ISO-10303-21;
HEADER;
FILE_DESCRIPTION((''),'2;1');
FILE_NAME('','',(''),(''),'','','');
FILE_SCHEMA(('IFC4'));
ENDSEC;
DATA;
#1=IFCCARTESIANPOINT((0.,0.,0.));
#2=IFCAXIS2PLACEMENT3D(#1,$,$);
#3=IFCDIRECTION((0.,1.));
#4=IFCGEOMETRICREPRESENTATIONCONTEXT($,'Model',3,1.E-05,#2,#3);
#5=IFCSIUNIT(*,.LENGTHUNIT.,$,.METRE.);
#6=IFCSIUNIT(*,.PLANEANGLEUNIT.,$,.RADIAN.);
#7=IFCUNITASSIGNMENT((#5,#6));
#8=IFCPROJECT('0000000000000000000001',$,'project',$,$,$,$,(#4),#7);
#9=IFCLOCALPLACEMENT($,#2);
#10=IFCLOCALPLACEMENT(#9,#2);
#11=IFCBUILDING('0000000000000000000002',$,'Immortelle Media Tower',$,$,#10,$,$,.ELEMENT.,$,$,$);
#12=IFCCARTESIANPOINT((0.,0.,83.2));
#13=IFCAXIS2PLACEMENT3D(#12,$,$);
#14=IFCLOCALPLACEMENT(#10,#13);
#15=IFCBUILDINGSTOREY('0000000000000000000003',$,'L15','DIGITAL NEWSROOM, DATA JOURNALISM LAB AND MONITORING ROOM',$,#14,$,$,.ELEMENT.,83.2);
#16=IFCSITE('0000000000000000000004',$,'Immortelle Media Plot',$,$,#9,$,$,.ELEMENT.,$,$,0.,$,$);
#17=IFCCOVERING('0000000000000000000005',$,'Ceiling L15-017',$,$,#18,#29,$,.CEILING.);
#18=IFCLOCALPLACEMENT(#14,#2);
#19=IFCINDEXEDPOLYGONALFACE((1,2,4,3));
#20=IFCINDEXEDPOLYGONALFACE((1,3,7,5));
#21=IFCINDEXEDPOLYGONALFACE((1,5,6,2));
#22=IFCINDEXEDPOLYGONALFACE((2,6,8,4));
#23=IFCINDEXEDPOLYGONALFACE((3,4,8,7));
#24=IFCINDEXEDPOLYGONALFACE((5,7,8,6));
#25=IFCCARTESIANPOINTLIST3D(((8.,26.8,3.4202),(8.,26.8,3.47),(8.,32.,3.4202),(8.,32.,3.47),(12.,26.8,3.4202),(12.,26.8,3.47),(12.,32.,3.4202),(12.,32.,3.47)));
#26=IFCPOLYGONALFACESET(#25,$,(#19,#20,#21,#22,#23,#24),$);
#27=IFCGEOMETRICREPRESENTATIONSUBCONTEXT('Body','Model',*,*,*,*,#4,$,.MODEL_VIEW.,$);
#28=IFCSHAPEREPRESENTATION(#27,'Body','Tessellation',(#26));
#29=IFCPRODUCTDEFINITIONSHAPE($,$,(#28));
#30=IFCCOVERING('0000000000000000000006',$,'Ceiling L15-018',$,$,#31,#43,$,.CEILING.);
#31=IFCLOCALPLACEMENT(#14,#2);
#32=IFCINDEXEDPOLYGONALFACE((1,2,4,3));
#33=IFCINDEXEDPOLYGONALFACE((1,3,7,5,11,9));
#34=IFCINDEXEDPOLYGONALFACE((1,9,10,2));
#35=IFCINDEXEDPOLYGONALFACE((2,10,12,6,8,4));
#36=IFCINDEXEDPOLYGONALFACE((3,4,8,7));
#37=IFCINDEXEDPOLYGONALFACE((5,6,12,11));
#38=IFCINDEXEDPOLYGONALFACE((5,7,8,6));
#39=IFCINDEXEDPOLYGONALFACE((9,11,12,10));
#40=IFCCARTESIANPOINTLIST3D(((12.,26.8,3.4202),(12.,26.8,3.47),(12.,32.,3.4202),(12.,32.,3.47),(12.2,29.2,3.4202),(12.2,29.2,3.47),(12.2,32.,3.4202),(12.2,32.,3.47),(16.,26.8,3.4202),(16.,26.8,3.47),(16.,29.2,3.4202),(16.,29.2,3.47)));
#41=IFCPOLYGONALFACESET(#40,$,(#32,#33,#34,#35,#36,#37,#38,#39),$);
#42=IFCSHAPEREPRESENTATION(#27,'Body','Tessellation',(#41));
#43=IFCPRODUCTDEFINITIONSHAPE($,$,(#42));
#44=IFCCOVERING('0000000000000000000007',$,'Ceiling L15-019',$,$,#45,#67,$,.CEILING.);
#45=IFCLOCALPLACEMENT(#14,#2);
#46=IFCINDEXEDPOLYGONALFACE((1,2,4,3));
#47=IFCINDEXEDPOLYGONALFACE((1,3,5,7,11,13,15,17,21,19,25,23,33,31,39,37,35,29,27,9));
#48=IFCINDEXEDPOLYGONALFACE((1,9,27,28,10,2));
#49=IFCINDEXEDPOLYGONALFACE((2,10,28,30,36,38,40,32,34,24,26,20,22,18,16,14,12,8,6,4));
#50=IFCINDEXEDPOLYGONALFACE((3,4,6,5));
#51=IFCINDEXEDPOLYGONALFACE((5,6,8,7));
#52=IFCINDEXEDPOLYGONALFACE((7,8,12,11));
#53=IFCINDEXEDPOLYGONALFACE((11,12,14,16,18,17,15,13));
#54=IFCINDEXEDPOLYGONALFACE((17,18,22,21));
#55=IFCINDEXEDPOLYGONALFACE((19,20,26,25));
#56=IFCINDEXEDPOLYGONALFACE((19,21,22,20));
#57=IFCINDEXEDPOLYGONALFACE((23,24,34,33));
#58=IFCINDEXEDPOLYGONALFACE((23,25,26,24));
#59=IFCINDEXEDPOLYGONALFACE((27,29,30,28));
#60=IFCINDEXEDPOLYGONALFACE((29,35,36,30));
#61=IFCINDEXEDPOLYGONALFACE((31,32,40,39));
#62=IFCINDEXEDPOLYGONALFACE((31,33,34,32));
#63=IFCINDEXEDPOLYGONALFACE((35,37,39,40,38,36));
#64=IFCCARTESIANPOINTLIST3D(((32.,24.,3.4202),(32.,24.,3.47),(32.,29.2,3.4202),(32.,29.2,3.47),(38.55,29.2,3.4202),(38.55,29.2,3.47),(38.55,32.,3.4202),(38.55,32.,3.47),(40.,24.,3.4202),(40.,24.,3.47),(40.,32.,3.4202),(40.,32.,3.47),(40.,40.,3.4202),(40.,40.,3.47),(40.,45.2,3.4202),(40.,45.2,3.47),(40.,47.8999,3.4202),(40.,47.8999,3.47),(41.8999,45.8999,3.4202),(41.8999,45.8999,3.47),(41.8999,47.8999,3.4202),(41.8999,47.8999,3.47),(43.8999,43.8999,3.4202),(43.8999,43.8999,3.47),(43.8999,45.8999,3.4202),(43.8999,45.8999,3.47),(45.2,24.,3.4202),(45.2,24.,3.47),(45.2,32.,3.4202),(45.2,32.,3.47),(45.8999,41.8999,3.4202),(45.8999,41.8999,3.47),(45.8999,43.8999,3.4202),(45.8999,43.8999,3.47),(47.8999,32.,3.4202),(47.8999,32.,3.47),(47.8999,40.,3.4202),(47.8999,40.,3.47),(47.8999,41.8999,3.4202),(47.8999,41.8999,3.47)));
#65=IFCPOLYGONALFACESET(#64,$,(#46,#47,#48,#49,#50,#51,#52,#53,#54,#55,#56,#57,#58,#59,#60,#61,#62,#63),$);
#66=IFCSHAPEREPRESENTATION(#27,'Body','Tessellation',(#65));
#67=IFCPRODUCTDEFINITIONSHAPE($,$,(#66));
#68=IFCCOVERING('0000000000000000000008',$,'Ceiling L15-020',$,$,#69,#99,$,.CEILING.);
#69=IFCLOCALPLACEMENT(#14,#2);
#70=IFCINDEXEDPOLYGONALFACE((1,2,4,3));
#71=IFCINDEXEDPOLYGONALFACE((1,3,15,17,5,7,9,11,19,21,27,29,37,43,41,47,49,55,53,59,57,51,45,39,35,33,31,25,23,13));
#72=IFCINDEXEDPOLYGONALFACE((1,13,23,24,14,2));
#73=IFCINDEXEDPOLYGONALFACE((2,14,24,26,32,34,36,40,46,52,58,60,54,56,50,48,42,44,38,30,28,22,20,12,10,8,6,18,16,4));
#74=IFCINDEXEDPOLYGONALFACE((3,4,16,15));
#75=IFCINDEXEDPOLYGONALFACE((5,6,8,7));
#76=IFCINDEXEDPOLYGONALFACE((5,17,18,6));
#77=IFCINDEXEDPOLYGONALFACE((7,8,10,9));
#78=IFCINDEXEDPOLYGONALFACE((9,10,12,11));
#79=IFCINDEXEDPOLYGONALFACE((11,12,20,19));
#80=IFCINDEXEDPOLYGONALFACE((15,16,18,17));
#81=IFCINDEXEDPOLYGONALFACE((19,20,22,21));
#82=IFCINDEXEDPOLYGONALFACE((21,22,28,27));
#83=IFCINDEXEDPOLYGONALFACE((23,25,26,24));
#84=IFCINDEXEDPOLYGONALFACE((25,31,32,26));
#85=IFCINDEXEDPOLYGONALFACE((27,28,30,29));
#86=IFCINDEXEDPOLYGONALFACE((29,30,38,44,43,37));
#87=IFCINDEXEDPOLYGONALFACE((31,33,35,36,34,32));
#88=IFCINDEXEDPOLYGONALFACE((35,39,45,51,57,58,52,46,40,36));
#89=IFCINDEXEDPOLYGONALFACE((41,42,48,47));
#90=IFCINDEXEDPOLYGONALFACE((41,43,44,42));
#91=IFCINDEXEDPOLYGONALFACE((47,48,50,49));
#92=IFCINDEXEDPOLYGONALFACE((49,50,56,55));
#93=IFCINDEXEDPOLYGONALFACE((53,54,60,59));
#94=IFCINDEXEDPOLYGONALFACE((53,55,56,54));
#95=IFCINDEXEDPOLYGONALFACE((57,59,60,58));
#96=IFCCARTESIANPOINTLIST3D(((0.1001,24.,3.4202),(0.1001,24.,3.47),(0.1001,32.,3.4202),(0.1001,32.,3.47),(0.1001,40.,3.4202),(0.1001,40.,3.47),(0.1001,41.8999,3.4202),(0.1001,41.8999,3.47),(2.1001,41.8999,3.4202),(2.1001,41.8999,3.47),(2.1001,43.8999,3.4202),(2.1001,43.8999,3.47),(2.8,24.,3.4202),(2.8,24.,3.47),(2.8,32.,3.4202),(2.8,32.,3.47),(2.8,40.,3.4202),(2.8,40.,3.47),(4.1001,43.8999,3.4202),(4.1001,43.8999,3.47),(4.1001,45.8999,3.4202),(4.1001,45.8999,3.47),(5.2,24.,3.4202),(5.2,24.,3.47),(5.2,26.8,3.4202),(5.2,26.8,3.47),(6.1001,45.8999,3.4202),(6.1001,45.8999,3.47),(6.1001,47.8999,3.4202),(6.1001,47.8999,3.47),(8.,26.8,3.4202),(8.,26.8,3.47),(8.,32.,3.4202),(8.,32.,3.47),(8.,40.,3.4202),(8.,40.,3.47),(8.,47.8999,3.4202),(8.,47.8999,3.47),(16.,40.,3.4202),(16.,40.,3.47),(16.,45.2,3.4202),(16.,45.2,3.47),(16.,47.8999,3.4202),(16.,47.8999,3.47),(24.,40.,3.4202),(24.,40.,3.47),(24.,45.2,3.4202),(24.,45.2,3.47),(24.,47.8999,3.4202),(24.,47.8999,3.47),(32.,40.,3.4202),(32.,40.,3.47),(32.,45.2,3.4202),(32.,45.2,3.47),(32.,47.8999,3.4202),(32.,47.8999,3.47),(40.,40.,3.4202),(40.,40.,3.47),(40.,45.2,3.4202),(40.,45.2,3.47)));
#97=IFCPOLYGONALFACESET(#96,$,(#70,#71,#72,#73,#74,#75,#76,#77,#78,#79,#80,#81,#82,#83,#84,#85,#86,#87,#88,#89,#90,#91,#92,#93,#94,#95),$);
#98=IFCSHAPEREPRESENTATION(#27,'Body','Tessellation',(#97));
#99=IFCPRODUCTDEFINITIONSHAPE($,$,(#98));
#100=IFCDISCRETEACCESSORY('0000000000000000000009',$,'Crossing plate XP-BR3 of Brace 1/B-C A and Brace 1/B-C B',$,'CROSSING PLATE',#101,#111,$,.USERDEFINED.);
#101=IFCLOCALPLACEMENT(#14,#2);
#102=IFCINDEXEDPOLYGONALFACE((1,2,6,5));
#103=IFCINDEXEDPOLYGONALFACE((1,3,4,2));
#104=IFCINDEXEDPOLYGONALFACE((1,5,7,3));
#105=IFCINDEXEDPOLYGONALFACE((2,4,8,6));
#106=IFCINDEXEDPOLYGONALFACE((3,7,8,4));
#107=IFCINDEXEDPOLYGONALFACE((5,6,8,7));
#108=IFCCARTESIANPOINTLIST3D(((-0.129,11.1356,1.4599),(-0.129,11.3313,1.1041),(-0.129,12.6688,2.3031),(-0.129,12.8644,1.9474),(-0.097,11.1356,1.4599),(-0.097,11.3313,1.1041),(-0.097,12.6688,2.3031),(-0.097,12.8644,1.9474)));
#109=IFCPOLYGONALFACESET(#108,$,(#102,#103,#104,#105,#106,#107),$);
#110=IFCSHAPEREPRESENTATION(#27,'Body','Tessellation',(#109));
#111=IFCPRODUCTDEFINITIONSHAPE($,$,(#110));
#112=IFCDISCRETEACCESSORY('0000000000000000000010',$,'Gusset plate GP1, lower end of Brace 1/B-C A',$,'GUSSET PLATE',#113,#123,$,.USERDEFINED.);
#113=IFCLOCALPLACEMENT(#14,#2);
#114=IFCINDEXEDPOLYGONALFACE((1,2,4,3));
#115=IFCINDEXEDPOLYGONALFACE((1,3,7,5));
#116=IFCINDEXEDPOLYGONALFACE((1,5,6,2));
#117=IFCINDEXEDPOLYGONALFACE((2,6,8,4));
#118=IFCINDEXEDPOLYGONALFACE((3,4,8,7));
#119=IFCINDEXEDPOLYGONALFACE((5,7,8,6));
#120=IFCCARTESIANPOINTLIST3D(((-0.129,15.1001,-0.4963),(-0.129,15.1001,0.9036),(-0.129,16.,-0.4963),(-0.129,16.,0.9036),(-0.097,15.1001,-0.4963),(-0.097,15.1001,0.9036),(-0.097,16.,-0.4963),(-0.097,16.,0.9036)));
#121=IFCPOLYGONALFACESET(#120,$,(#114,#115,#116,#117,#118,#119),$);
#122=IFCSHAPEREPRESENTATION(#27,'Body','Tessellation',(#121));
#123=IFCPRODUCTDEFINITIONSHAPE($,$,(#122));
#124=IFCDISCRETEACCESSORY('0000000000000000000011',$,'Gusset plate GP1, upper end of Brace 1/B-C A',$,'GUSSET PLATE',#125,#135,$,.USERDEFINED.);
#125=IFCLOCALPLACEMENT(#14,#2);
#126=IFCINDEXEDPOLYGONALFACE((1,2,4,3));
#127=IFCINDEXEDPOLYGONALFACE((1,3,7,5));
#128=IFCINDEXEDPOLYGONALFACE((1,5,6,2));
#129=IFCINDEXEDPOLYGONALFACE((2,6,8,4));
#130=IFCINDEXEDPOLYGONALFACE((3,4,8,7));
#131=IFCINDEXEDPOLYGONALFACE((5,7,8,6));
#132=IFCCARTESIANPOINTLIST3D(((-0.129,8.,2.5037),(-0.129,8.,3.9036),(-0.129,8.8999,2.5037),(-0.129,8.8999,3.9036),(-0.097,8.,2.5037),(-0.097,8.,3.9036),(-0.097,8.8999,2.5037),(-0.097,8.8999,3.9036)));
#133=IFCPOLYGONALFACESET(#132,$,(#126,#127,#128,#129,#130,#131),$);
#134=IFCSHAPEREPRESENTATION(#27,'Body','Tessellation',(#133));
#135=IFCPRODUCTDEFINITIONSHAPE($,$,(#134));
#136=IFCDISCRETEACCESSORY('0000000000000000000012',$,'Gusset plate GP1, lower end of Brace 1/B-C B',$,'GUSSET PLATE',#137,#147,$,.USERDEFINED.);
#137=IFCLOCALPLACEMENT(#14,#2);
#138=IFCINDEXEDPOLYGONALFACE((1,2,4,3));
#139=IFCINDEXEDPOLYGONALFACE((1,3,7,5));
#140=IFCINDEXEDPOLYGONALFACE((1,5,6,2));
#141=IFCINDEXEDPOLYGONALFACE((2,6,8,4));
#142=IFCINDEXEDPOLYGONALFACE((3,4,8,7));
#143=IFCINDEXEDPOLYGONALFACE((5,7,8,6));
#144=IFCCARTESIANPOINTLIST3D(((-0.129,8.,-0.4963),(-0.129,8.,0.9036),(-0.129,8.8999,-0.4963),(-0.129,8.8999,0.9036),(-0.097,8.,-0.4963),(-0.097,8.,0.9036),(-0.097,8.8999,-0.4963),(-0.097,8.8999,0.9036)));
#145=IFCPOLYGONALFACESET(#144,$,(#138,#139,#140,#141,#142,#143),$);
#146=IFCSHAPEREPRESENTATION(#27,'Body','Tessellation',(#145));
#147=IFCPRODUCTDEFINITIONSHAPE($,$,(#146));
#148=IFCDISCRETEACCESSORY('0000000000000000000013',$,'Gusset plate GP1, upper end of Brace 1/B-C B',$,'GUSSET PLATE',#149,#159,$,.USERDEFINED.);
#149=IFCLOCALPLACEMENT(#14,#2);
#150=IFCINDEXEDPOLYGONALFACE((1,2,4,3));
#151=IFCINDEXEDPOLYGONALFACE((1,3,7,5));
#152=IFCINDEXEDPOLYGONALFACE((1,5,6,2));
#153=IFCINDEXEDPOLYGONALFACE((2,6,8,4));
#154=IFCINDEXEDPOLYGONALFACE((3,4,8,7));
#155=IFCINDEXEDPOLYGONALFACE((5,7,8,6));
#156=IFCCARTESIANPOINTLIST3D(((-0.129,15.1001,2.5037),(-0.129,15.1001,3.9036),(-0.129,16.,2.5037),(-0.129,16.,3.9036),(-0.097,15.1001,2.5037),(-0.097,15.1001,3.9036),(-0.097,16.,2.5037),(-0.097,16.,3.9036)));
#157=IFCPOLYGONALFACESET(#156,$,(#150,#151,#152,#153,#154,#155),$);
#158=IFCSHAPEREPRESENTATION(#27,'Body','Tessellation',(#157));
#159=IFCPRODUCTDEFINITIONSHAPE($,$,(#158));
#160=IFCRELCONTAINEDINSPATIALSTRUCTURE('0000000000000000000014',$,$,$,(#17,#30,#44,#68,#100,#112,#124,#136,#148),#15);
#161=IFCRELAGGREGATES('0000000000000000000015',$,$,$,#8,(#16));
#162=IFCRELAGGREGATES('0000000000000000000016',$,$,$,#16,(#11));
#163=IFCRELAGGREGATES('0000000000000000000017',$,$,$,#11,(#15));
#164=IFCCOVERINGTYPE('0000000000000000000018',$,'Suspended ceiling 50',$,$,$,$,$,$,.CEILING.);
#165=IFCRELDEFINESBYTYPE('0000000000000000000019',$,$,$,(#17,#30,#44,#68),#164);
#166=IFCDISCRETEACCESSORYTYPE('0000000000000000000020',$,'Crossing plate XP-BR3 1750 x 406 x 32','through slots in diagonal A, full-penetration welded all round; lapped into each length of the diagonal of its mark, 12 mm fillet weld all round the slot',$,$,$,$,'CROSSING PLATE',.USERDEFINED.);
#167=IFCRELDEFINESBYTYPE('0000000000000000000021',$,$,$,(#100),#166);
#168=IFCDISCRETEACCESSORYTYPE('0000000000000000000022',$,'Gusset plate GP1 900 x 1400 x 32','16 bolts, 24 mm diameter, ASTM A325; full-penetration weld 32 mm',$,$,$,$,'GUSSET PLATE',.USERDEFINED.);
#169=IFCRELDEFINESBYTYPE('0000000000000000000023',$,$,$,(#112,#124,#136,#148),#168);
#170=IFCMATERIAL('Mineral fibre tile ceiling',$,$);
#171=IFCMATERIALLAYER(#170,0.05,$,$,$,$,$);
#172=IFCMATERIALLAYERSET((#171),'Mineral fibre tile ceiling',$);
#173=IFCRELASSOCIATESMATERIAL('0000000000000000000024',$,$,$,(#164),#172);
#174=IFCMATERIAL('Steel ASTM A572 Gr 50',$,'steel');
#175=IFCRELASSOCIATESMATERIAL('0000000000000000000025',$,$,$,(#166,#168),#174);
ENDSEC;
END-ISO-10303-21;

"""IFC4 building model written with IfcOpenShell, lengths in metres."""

from ifc_helpers import new_model, si_unit, direction, frame, origin, origin_2d, place, context, subcontext, project, spatial, polyline, rectangle, outline, extrude, material, layer, layer_set, material_profile, profile_set, type_object, element, save


model = new_model("IFC4")

# Units and contexts
model_context = context("Model", 3, precision=1e-05, world=origin(), true_north=direction((0.0, 1.0)))
body_context = subcontext(model_context, "Body", "Model", "MODEL_VIEW")
ifc_project = project(units=[si_unit("LENGTHUNIT", "METRE"), si_unit("PLANEANGLEUNIT", "RADIAN")], contexts=[model_context])

# Site, building, storey
site_placement = place(None, origin())
site = spatial("IfcSite", under=ifc_project, at=site_placement, Name="Immortelle Media Plot", CompositionType="ELEMENT", RefElevation=0.0)
building_placement = place(site_placement, origin())
building = spatial("IfcBuilding", under=site, at=building_placement, Name="Immortelle Media Tower", CompositionType="ELEMENT")
storey_placement = place(building_placement, frame((0.0, 0.0, 83.2)))
storey = spatial("IfcBuildingStorey", under=building, at=storey_placement, Name="L15", Description="DIGITAL NEWSROOM, DATA JOURNALISM LAB AND MONITORING ROOM", CompositionType="ELEMENT", Elevation=83.2)

# Coverings
ifc_material_1 = material(Name="Mineral fibre tile ceiling")
ifc_layer_1 = layer(ifc_material_1, 0.05)
ifc_layer_set_1 = layer_set([ifc_layer_1], Name="Mineral fibre tile ceiling")
covering_type = type_object("IfcCoveringType", Name="Suspended ceiling 50", PredefinedType="CEILING", material=ifc_layer_set_1)
covering_1_placement = place(storey_placement, frame((0.0, 0.0, 3.4202)))
element("IfcCovering", 1, at=covering_1_placement, inside=storey, type_object=covering_type, Name="Ceiling L15-017", PredefinedType="CEILING", context=body_context, shape_type="SweptSolid", body=[
    extrude(outline(polyline([(8.0, 32.0), (12.0, 32.0), (12.0, 26.8), (8.0, 26.8), (8.0, 32.0)])), origin(), (0.0, 0.0, 1.0), 0.0498),
])
covering_2_placement = place(storey_placement, frame((0.0, 0.0, 3.4202)))
element("IfcCovering", 2, at=covering_2_placement, inside=storey, type_object=covering_type, Name="Ceiling L15-018", PredefinedType="CEILING", context=body_context, shape_type="SweptSolid", body=[
    extrude(outline(polyline([(12.2, 32.0), (12.2, 29.2), (16.0, 29.2), (16.0, 26.8), (12.0, 26.8), (12.0, 32.0), (12.2, 32.0)])), origin(), (0.0, 0.0, 1.0), 0.0498),
])
covering_3_placement = place(storey_placement, frame((0.0, 0.0, 3.4202)))
element("IfcCovering", 3, at=covering_3_placement, inside=storey, type_object=covering_type, Name="Ceiling L15-019", PredefinedType="CEILING", context=body_context, shape_type="SweptSolid", body=[
    extrude(outline(polyline([(38.55, 32.0), (40.0, 32.0), (40.0, 40.0), (40.0, 45.2), (40.0, 47.8999), (41.8999, 47.8999), (41.8999, 45.8999), (43.8999, 45.8999), (43.8999, 43.8999), (45.8999, 43.8999), (45.8999, 41.8999), (47.8999, 41.8999), (47.8999, 40.0), (47.8999, 32.0), (45.2, 32.0), (45.2, 24.0), (40.0, 24.0), (32.0, 24.0), (32.0, 29.2), (38.55, 29.2), (38.55, 32.0)])), origin(), (0.0, 0.0, 1.0), 0.0498),
])
covering_4_placement = place(storey_placement, frame((0.0, 0.0, 3.4202)))
element("IfcCovering", 4, at=covering_4_placement, inside=storey, type_object=covering_type, Name="Ceiling L15-020", PredefinedType="CEILING", context=body_context, shape_type="SweptSolid", body=[
    extrude(outline(polyline([(2.8, 40.0), (0.1001, 40.0), (0.1001, 41.8999), (2.1001, 41.8999), (2.1001, 43.8999), (4.1001, 43.8999), (4.1001, 45.8999), (6.1001, 45.8999), (6.1001, 47.8999), (8.0, 47.8999), (16.0, 47.8999), (16.0, 45.2), (24.0, 45.2), (24.0, 47.8999), (32.0, 47.8999), (32.0, 45.2), (40.0, 45.2), (40.0, 40.0), (32.0, 40.0), (24.0, 40.0), (16.0, 40.0), (8.0, 40.0), (8.0, 32.0), (8.0, 26.8), (5.2, 26.8), (5.2, 24.0), (2.8, 24.0), (0.1001, 24.0), (0.1001, 32.0), (2.8, 32.0), (2.8, 40.0)])), origin(), (0.0, 0.0, 1.0), 0.0498),
])

# Discrete accessories
ifc_material_2 = material(Name="Steel ASTM A572 Gr 50", Category="steel")
ifc_material_profile_1 = material_profile(ifc_material_2, rectangle(XDim=0.032, YDim=0.406, at=origin_2d()), Name="PL 32 x 406")
ifc_profile_set_1 = profile_set([ifc_material_profile_1], Name="Steel ASTM A572 Gr 50")
discrete_accessory_type_1 = type_object("IfcDiscreteAccessoryType", Name="Crossing plate XP-BR3 1750 x 406 x 32", Description="through slots in diagonal A, full-penetration welded all round; lapped into each length of the diagonal of its mark, 12 mm fillet weld all round the slot", ElementType="CROSSING PLATE", PredefinedType="USERDEFINED", material=ifc_profile_set_1)
discrete_accessory_placement = place(storey_placement, frame((-0.113, 12.7666, 2.1252), z_axis=(0.0, -0.876216, -0.481919), x_axis=(1.0, 0.0, 0.0)))
element("IfcDiscreteAccessory", 5, at=discrete_accessory_placement, inside=storey, type_object=discrete_accessory_type_1, Name="Crossing plate XP-BR3 of Brace 1/B-C A and Brace 1/B-C B", ObjectType="CROSSING PLATE", PredefinedType="USERDEFINED", context=body_context, shape_type="SweptSolid", body=[
    extrude(rectangle(XDim=0.032, YDim=0.406, at=origin_2d()), origin(), (0.0, 0.0, 1.0), 1.7498),
])
ifc_material_profile_2 = material_profile(ifc_material_2, rectangle(XDim=0.032, YDim=1.3999, at=origin_2d()), Name="PL 32 x 1400")
ifc_profile_set_2 = profile_set([ifc_material_profile_2], Name="Steel ASTM A572 Gr 50")
discrete_accessory_type_2 = type_object("IfcDiscreteAccessoryType", Name="Gusset plate GP1 900 x 1400 x 32", Description="16 bolts, 24 mm diameter, ASTM A325; full-penetration weld 32 mm", ElementType="GUSSET PLATE", PredefinedType="USERDEFINED", material=ifc_profile_set_2)
for number, where, z_axis, x_axis, name in (
    (6, (-0.113, 16.0, 0.2036), (0.0, -1.0, 0.0), (1.0, 0.0, 0.0), "Gusset plate GP1, lower end of Brace 1/B-C A"),
    (7, (-0.113, 8.0, 3.2036), (0.0, 1.0, 0.0), (-1.0, 0.0, 0.0), "Gusset plate GP1, upper end of Brace 1/B-C A"),
    (8, (-0.113, 8.0, 0.2036), (0.0, 1.0, 0.0), (-1.0, 0.0, 0.0), "Gusset plate GP1, lower end of Brace 1/B-C B"),
    (9, (-0.113, 16.0, 3.2036), (0.0, -1.0, 0.0), (1.0, 0.0, 0.0), "Gusset plate GP1, upper end of Brace 1/B-C B"),
):
    element("IfcDiscreteAccessory", number, at=place(storey_placement, frame(where, z_axis=z_axis, x_axis=x_axis)), inside=storey, type_object=discrete_accessory_type_2, Name=name, ObjectType="GUSSET PLATE", PredefinedType="USERDEFINED", context=body_context, shape_type="SweptSolid", body=[
        extrude(rectangle(XDim=0.032, YDim=1.3999, at=origin_2d()), origin(), (0.0, 0.0, 1.0), 0.8999),
    ])

save(model, "model.ifc")
